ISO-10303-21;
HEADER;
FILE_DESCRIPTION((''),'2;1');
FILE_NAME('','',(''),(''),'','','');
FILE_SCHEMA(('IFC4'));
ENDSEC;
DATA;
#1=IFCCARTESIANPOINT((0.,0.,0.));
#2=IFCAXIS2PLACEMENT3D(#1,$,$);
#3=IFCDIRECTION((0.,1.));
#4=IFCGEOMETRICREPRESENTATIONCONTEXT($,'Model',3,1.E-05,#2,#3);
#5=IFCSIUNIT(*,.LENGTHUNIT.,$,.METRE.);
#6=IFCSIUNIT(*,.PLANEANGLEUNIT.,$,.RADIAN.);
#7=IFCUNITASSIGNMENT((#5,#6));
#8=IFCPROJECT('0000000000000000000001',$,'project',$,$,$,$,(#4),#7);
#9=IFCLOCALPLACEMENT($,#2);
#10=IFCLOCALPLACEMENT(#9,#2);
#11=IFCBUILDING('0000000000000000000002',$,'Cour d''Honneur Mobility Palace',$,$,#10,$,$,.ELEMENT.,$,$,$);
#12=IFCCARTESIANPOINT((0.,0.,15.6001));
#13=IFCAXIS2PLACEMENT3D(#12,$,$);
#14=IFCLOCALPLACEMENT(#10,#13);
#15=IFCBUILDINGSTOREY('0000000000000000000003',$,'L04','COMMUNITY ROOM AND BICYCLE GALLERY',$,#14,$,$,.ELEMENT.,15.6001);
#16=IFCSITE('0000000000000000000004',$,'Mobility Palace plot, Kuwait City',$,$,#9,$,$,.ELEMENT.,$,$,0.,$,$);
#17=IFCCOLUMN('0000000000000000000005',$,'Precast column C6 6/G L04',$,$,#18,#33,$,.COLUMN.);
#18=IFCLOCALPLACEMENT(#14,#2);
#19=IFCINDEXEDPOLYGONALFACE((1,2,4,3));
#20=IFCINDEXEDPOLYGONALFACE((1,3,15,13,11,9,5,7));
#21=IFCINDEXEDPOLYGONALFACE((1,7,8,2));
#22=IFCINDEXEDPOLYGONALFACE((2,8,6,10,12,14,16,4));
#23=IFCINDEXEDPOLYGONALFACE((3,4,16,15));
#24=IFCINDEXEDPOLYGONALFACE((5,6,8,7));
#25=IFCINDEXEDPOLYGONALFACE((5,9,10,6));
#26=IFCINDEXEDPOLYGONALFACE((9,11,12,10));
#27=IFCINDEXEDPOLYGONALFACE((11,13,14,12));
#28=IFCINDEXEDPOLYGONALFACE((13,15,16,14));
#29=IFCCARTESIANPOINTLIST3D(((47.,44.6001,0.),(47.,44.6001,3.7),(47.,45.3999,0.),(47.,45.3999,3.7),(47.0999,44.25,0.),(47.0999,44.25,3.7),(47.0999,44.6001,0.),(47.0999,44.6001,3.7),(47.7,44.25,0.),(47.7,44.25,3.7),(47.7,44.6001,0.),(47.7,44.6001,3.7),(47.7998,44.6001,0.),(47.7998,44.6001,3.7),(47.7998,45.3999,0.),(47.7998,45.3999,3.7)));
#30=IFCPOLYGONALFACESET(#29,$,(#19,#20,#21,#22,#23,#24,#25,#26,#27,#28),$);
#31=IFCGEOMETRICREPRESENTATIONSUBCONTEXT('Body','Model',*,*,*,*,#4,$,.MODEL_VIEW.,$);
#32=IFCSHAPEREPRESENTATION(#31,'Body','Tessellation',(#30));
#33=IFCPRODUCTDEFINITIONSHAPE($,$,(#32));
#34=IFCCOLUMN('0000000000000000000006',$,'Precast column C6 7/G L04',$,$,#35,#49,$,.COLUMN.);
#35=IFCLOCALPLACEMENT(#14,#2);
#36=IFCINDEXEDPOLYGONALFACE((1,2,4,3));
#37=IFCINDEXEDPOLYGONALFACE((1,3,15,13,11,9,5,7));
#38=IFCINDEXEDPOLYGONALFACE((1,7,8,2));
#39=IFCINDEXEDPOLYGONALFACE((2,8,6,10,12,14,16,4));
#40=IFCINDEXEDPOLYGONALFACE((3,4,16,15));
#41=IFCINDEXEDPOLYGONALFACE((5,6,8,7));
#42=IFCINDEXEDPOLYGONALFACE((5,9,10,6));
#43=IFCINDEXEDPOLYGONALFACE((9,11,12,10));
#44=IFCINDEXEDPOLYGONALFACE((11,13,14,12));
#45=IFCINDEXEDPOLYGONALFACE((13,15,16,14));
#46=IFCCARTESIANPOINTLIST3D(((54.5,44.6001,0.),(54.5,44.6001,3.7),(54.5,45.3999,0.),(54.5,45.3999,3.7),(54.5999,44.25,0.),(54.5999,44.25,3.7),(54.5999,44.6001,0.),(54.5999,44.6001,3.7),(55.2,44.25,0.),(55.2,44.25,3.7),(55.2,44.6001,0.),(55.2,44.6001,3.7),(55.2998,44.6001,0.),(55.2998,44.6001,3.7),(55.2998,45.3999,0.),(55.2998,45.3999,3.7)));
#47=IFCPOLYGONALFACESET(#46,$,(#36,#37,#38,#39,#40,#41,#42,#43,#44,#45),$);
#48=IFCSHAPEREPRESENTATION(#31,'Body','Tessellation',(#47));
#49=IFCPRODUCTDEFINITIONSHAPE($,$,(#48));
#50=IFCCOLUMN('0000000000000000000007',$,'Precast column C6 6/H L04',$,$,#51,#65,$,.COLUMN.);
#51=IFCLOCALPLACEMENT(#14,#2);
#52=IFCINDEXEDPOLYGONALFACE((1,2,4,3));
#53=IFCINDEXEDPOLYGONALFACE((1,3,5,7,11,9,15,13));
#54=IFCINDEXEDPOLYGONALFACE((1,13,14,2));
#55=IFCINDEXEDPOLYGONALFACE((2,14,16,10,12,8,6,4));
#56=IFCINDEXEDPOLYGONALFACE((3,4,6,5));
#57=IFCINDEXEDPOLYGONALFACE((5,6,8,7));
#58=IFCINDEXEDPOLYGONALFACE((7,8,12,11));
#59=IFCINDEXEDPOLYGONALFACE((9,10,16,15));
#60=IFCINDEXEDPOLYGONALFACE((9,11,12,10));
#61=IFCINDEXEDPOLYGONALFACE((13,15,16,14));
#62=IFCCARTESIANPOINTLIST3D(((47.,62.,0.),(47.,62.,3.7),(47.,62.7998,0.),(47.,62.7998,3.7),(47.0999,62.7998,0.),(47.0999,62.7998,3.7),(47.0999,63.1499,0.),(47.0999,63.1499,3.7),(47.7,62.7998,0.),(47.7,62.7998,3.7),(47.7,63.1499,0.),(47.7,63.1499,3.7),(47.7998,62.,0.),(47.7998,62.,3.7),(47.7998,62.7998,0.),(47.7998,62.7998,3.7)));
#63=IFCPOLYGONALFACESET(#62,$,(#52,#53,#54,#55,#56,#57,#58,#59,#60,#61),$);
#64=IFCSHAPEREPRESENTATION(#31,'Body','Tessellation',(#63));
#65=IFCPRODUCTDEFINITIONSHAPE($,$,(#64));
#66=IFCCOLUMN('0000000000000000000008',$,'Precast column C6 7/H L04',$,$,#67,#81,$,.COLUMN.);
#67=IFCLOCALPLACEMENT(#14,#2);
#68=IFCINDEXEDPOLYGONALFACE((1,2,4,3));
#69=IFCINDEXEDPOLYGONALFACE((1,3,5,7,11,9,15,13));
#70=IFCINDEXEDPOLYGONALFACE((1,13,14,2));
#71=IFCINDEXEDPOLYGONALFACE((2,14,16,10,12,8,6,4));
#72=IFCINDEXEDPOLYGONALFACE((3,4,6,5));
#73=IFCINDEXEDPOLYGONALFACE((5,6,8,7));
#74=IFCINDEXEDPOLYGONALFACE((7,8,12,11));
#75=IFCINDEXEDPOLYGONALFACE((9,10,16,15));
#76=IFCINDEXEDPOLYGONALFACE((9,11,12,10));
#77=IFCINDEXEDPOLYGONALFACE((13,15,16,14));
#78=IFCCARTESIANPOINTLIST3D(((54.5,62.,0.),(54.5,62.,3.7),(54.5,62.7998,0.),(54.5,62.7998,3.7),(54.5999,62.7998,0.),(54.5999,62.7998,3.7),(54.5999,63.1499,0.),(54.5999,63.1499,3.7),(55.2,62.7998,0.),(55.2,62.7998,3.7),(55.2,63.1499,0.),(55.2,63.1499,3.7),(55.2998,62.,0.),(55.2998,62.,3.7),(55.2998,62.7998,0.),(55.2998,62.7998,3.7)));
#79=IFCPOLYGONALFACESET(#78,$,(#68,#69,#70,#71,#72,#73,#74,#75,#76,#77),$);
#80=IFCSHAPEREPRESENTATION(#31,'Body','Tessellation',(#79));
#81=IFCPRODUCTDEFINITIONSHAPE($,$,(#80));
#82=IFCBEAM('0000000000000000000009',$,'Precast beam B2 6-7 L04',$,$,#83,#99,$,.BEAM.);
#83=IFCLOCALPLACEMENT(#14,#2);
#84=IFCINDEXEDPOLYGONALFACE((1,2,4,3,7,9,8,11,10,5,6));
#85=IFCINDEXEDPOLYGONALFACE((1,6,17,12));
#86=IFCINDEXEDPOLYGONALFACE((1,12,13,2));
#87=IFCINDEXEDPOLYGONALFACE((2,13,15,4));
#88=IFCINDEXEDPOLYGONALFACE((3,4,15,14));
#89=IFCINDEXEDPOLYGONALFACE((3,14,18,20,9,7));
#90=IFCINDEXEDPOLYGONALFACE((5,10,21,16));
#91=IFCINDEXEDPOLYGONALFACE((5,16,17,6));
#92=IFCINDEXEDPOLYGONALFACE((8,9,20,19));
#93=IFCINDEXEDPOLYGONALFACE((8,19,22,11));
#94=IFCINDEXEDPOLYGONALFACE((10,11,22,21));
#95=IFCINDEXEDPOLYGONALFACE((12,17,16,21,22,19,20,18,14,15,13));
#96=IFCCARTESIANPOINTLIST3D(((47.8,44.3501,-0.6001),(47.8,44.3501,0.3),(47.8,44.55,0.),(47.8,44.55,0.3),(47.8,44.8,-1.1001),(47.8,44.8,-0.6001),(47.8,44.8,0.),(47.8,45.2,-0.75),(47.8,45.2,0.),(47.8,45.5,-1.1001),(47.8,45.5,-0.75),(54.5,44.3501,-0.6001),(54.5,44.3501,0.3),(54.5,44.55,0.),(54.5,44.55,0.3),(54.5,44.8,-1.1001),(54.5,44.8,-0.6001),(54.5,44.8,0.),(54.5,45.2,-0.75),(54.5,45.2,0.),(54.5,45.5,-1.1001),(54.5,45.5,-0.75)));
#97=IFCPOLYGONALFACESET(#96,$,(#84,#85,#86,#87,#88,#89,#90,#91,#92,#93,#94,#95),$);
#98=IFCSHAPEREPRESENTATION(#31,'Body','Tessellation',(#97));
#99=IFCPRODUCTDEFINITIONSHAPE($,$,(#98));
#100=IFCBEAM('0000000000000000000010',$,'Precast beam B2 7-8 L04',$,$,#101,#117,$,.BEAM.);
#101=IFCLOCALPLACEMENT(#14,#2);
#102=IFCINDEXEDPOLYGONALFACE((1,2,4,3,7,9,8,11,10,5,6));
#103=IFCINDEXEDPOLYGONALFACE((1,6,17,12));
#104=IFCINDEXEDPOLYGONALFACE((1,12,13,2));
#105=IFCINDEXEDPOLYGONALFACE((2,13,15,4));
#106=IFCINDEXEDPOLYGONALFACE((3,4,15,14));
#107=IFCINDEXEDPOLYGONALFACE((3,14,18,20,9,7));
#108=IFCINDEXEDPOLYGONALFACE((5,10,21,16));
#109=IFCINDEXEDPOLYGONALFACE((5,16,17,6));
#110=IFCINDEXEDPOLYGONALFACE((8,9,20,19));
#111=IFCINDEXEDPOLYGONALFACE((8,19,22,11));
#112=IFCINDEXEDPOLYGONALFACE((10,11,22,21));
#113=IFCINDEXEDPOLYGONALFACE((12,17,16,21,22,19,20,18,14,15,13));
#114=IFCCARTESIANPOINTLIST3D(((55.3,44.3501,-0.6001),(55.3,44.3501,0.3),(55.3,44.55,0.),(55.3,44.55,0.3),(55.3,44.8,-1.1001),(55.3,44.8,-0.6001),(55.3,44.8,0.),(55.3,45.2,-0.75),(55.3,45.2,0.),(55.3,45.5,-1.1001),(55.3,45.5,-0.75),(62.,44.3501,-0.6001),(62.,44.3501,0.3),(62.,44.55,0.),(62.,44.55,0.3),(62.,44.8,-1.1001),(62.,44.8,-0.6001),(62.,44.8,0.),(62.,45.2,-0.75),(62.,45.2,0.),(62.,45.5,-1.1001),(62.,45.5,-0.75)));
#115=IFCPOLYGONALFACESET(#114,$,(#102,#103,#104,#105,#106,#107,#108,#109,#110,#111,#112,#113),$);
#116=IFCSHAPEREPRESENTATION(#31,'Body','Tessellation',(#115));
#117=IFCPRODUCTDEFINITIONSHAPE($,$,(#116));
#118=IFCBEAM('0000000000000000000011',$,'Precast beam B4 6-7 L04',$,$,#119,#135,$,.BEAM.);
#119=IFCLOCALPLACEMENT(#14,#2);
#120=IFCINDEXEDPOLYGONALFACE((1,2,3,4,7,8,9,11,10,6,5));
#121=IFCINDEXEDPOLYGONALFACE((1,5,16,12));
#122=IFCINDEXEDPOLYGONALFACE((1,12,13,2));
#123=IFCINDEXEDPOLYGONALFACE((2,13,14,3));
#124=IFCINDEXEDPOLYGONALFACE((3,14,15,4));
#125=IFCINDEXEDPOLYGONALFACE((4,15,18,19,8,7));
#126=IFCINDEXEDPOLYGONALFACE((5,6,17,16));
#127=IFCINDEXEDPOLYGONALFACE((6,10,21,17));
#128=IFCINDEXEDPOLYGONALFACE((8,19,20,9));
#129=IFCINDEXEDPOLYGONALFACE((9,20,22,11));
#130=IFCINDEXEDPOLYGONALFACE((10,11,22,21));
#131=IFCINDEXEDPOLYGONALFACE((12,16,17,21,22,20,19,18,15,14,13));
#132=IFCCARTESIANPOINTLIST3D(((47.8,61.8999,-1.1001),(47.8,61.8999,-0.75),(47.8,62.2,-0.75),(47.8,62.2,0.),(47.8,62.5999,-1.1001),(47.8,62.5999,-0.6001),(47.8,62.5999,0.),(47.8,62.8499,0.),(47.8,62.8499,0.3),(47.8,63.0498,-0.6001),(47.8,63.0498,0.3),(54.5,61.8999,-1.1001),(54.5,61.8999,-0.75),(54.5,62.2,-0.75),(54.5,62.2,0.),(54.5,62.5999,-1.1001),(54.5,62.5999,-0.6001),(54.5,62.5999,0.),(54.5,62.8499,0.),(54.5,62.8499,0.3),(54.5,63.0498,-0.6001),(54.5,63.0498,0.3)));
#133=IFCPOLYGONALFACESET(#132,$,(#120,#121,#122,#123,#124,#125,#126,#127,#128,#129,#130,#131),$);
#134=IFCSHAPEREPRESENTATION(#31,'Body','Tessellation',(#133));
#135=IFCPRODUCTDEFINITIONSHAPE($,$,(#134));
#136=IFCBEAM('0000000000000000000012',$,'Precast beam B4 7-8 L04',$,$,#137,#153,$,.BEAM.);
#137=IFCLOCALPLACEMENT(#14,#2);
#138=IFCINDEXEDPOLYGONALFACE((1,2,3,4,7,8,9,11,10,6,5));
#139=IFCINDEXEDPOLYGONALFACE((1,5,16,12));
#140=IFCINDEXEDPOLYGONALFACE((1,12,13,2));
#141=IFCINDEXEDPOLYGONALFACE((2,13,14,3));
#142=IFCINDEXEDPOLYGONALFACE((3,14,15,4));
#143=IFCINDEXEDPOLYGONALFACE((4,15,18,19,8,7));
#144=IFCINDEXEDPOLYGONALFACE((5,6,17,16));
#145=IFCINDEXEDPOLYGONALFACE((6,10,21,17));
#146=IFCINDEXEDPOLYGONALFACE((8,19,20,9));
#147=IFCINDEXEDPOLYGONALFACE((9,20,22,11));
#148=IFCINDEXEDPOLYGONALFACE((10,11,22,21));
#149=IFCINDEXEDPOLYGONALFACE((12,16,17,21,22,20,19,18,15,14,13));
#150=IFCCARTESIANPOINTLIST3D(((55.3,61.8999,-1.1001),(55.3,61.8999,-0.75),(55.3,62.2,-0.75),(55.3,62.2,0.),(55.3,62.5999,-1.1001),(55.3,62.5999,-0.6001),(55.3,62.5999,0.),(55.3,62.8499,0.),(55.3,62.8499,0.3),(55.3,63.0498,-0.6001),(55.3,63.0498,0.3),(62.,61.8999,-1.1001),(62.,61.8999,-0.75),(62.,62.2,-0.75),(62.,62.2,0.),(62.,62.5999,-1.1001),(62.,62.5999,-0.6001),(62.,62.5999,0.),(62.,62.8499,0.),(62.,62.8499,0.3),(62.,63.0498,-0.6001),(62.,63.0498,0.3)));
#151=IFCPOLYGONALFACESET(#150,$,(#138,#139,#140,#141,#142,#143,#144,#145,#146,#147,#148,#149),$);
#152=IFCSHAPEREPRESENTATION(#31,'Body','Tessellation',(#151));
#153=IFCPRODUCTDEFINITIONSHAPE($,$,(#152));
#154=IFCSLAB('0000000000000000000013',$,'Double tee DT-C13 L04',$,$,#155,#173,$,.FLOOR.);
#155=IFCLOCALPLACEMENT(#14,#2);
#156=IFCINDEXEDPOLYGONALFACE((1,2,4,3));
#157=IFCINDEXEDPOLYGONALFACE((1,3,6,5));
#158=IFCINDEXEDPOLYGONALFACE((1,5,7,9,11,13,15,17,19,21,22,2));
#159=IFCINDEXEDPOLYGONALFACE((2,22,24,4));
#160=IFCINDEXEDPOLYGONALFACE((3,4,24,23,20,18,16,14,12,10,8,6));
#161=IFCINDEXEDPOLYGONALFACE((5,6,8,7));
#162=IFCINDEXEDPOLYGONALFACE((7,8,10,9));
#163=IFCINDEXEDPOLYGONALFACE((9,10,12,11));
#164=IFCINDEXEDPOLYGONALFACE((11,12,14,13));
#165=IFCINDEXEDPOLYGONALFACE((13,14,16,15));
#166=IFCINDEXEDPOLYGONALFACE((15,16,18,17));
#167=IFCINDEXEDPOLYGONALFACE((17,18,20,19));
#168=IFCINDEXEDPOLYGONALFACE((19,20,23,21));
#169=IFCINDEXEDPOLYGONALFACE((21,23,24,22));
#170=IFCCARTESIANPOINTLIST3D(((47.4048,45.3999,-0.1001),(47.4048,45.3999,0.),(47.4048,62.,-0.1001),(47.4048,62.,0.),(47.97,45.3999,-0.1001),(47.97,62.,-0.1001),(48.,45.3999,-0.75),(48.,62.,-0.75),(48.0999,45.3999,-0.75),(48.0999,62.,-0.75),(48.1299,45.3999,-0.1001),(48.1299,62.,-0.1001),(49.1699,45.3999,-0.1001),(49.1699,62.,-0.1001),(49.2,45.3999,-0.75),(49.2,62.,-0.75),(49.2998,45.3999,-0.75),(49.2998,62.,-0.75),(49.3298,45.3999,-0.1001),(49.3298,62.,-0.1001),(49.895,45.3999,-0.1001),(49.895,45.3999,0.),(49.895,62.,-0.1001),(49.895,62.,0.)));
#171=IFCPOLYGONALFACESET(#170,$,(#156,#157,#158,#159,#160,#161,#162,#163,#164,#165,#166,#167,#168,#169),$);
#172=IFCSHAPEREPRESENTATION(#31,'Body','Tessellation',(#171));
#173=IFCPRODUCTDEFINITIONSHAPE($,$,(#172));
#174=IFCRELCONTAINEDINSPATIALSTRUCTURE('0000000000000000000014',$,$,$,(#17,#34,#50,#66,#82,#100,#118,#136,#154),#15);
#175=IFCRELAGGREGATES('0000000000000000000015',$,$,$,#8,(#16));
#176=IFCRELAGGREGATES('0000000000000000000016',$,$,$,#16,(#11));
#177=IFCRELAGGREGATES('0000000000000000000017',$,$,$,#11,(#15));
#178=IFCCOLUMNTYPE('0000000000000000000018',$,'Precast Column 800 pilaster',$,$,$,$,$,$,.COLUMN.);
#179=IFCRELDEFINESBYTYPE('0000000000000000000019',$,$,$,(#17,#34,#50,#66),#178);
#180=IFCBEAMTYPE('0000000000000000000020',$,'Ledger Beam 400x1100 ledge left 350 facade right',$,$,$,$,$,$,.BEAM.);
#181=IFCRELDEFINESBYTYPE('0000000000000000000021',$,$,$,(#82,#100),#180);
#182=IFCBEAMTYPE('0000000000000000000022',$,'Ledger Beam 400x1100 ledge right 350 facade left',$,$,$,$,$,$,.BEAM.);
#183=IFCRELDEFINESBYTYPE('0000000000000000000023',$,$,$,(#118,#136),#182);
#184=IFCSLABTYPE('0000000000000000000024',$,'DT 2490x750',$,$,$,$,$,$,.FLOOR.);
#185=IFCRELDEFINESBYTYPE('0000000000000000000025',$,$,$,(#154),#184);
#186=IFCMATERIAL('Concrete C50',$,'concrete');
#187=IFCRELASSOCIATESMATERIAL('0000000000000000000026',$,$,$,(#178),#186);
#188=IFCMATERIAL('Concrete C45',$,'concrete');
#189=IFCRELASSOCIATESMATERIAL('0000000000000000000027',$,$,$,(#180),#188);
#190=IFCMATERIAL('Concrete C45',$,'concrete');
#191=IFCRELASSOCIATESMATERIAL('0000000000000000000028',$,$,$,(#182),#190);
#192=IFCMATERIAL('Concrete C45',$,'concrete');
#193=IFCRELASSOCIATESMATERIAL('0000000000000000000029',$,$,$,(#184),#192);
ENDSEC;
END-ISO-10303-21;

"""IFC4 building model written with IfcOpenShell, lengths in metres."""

from ifc_helpers import new_model, si_unit, direction, frame, origin, place, context, subcontext, project, spatial, polyline, outline, extrude, material, material_profile, profile_set, type_object, element, save


model = new_model("IFC4")

# Units and contexts
model_context = context("Model", 3, precision=1e-05, world=origin(), true_north=direction((0.0, 1.0)))
body_context = subcontext(model_context, "Body", "Model", "MODEL_VIEW")
ifc_project = project(units=[si_unit("LENGTHUNIT", "METRE"), si_unit("PLANEANGLEUNIT", "RADIAN")], contexts=[model_context])

# Site, building, storey
site_placement = place(None, origin())
site = spatial("IfcSite", under=ifc_project, at=site_placement, Name="Mobility Palace plot, Kuwait City", CompositionType="ELEMENT", RefElevation=0.0)
building_placement = place(site_placement, origin())
building = spatial("IfcBuilding", under=site, at=building_placement, Name="Cour d'Honneur Mobility Palace", CompositionType="ELEMENT")
storey_placement = place(building_placement, frame((0.0, 0.0, 15.6001)))
storey = spatial("IfcBuildingStorey", under=building, at=storey_placement, Name="L04", Description="COMMUNITY ROOM AND BICYCLE GALLERY", CompositionType="ELEMENT", Elevation=15.6001)

# Columns
ifc_material_1 = material(Name="Concrete C50", Category="concrete")
ifc_material_profile_1 = material_profile(ifc_material_1, outline(polyline([(-0.3999, -0.3999), (0.3999, -0.3999), (0.3999, -0.3), (0.75, -0.3), (0.75, 0.3), (0.3999, 0.3), (0.3999, 0.3999), (-0.3999, 0.3999), (-0.3999, -0.3999)])), Name="PC C800 pilaster")
ifc_profile_set_1 = profile_set([ifc_material_profile_1], Name="Concrete C50")
column_type = type_object("IfcColumnType", Name="Precast Column 800 pilaster", PredefinedType="COLUMN", material=ifc_profile_set_1)
for number, where, z_axis, x_axis, name in (
    (1, (47.3999, 45.0, 0.0), (0.0, 0.0, 1.0), (0.0, -1.0, 0.0), "Precast column C6 6/G L04"),
    (2, (54.8999, 45.0, 0.0), (0.0, 0.0, 1.0), (0.0, -1.0, 0.0), "Precast column C6 7/G L04"),
    (3, (47.3999, 62.3999, 0.0), (0.0, 0.0, 1.0), (0.0, 1.0, 0.0), "Precast column C6 6/H L04"),
    (4, (54.8999, 62.3999, 0.0), (0.0, 0.0, 1.0), (0.0, 1.0, 0.0), "Precast column C6 7/H L04"),
):
    element("IfcColumn", number, at=place(storey_placement, frame(where, z_axis=z_axis, x_axis=x_axis)), inside=storey, type_object=column_type, Name=name, PredefinedType="COLUMN", context=body_context, shape_type="SweptSolid", body=[
        extrude(outline(polyline([(-0.3999, -0.3999), (0.3999, -0.3999), (0.3999, -0.3), (0.75, -0.3), (0.75, 0.3), (0.3999, 0.3), (0.3999, 0.3999), (-0.3999, 0.3999), (-0.3999, -0.3999)])), origin(), (0.0, 0.0, 1.0), 3.7),
    ])

# Beams
ifc_material_2 = material(Name="Concrete C45", Category="concrete")
ifc_material_profile_2 = material_profile(ifc_material_2, outline(polyline([(0.5, -1.1001), (0.5, -0.75), (0.2, -0.75), (0.2, 0.0), (-0.2, 0.0), (-0.45, 0.0), (-0.45, 0.3), (-0.6499, 0.3), (-0.6499, -0.6001), (-0.2, -0.6001), (-0.2, -1.1001), (0.5, -1.1001)])), Name="Ledger Beam 400x1100 ledge left 350 facade right")
ifc_profile_set_2 = profile_set([ifc_material_profile_2], Name="Concrete C45")
beam_type_1 = type_object("IfcBeamType", Name="Ledger Beam 400x1100 ledge left 350 facade right", PredefinedType="BEAM", material=ifc_profile_set_2)
for number, where, z_axis, x_axis, name in (
    (5, (47.8, 45.0, 0.0), (1.0, 0.0, 0.0), (0.0, 1.0, 0.0), "Precast beam B2 6-7 L04"),
    (6, (55.3, 45.0, 0.0), (1.0, 0.0, 0.0), (0.0, 1.0, 0.0), "Precast beam B2 7-8 L04"),
):
    element("IfcBeam", number, at=place(storey_placement, frame(where, z_axis=z_axis, x_axis=x_axis)), inside=storey, type_object=beam_type_1, Name=name, PredefinedType="BEAM", context=body_context, shape_type="SweptSolid", body=[
        extrude(outline(polyline([(0.5, -1.1001), (0.5, -0.75), (0.2, -0.75), (0.2, 0.0), (-0.2, 0.0), (-0.45, 0.0), (-0.45, 0.3), (-0.6499, 0.3), (-0.6499, -0.6001), (-0.2, -0.6001), (-0.2, -1.1001), (0.5, -1.1001)])), origin(), (0.0, 0.0, 1.0), 6.7),
    ])
ifc_material_3 = material(Name="Concrete C45", Category="concrete")
ifc_material_profile_3 = material_profile(ifc_material_3, outline(polyline([(0.2, -1.1001), (0.2, -0.6001), (0.6499, -0.6001), (0.6499, 0.3), (0.45, 0.3), (0.45, 0.0), (0.2, 0.0), (-0.2, 0.0), (-0.2, -0.75), (-0.5, -0.75), (-0.5, -1.1001), (0.2, -1.1001)])), Name="Ledger Beam 400x1100 ledge right 350 facade left")
ifc_profile_set_3 = profile_set([ifc_material_profile_3], Name="Concrete C45")
beam_type_2 = type_object("IfcBeamType", Name="Ledger Beam 400x1100 ledge right 350 facade left", PredefinedType="BEAM", material=ifc_profile_set_3)
for number, where, z_axis, x_axis, name in (
    (7, (47.8, 62.3999, 0.0), (1.0, 0.0, 0.0), (0.0, 1.0, 0.0), "Precast beam B4 6-7 L04"),
    (8, (55.3, 62.3999, 0.0), (1.0, 0.0, 0.0), (0.0, 1.0, 0.0), "Precast beam B4 7-8 L04"),
):
    element("IfcBeam", number, at=place(storey_placement, frame(where, z_axis=z_axis, x_axis=x_axis)), inside=storey, type_object=beam_type_2, Name=name, PredefinedType="BEAM", context=body_context, shape_type="SweptSolid", body=[
        extrude(outline(polyline([(0.2, -1.1001), (0.2, -0.6001), (0.6499, -0.6001), (0.6499, 0.3), (0.45, 0.3), (0.45, 0.0), (0.2, 0.0), (-0.2, 0.0), (-0.2, -0.75), (-0.5, -0.75), (-0.5, -1.1001), (0.2, -1.1001)])), origin(), (0.0, 0.0, 1.0), 6.7),
    ])

# Slab
ifc_material_4 = material(Name="Concrete C45", Category="concrete")
ifc_material_profile_4 = material_profile(ifc_material_4, outline(polyline([(-1.2451, 0.0), (1.2451, 0.0), (1.2451, -0.1001), (0.6799, -0.1001), (0.6499, -0.75), (0.55, -0.75), (0.52, -0.1001), (-0.52, -0.1001), (-0.55, -0.75), (-0.6499, -0.75), (-0.6799, -0.1001), (-1.2451, -0.1001), (-1.2451, 0.0)])), Name="DT 2490x750")
ifc_profile_set_4 = profile_set([ifc_material_profile_4], Name="Concrete C45")
slab_type = type_object("IfcSlabType", Name="DT 2490x750", PredefinedType="FLOOR", material=ifc_profile_set_4)
slab_1_placement = place(storey_placement, frame((48.6499, 45.3999, 0.0), z_axis=(0.0, 1.0, 0.0), x_axis=(-1.0, 0.0, 0.0)))
element("IfcSlab", 9, at=slab_1_placement, inside=storey, type_object=slab_type, Name="Double tee DT-C13 L04", PredefinedType="FLOOR", context=body_context, shape_type="SweptSolid", body=[
    extrude(outline(polyline([(-1.2451, 0.0), (1.2451, 0.0), (1.2451, -0.1001), (0.6799, -0.1001), (0.6499, -0.75), (0.55, -0.75), (0.52, -0.1001), (-0.52, -0.1001), (-0.55, -0.75), (-0.6499, -0.75), (-0.6799, -0.1001), (-1.2451, -0.1001), (-1.2451, 0.0)])), origin(), (0.0, 0.0, 1.0), 16.6001),
])

save(model, "model.ifc")
